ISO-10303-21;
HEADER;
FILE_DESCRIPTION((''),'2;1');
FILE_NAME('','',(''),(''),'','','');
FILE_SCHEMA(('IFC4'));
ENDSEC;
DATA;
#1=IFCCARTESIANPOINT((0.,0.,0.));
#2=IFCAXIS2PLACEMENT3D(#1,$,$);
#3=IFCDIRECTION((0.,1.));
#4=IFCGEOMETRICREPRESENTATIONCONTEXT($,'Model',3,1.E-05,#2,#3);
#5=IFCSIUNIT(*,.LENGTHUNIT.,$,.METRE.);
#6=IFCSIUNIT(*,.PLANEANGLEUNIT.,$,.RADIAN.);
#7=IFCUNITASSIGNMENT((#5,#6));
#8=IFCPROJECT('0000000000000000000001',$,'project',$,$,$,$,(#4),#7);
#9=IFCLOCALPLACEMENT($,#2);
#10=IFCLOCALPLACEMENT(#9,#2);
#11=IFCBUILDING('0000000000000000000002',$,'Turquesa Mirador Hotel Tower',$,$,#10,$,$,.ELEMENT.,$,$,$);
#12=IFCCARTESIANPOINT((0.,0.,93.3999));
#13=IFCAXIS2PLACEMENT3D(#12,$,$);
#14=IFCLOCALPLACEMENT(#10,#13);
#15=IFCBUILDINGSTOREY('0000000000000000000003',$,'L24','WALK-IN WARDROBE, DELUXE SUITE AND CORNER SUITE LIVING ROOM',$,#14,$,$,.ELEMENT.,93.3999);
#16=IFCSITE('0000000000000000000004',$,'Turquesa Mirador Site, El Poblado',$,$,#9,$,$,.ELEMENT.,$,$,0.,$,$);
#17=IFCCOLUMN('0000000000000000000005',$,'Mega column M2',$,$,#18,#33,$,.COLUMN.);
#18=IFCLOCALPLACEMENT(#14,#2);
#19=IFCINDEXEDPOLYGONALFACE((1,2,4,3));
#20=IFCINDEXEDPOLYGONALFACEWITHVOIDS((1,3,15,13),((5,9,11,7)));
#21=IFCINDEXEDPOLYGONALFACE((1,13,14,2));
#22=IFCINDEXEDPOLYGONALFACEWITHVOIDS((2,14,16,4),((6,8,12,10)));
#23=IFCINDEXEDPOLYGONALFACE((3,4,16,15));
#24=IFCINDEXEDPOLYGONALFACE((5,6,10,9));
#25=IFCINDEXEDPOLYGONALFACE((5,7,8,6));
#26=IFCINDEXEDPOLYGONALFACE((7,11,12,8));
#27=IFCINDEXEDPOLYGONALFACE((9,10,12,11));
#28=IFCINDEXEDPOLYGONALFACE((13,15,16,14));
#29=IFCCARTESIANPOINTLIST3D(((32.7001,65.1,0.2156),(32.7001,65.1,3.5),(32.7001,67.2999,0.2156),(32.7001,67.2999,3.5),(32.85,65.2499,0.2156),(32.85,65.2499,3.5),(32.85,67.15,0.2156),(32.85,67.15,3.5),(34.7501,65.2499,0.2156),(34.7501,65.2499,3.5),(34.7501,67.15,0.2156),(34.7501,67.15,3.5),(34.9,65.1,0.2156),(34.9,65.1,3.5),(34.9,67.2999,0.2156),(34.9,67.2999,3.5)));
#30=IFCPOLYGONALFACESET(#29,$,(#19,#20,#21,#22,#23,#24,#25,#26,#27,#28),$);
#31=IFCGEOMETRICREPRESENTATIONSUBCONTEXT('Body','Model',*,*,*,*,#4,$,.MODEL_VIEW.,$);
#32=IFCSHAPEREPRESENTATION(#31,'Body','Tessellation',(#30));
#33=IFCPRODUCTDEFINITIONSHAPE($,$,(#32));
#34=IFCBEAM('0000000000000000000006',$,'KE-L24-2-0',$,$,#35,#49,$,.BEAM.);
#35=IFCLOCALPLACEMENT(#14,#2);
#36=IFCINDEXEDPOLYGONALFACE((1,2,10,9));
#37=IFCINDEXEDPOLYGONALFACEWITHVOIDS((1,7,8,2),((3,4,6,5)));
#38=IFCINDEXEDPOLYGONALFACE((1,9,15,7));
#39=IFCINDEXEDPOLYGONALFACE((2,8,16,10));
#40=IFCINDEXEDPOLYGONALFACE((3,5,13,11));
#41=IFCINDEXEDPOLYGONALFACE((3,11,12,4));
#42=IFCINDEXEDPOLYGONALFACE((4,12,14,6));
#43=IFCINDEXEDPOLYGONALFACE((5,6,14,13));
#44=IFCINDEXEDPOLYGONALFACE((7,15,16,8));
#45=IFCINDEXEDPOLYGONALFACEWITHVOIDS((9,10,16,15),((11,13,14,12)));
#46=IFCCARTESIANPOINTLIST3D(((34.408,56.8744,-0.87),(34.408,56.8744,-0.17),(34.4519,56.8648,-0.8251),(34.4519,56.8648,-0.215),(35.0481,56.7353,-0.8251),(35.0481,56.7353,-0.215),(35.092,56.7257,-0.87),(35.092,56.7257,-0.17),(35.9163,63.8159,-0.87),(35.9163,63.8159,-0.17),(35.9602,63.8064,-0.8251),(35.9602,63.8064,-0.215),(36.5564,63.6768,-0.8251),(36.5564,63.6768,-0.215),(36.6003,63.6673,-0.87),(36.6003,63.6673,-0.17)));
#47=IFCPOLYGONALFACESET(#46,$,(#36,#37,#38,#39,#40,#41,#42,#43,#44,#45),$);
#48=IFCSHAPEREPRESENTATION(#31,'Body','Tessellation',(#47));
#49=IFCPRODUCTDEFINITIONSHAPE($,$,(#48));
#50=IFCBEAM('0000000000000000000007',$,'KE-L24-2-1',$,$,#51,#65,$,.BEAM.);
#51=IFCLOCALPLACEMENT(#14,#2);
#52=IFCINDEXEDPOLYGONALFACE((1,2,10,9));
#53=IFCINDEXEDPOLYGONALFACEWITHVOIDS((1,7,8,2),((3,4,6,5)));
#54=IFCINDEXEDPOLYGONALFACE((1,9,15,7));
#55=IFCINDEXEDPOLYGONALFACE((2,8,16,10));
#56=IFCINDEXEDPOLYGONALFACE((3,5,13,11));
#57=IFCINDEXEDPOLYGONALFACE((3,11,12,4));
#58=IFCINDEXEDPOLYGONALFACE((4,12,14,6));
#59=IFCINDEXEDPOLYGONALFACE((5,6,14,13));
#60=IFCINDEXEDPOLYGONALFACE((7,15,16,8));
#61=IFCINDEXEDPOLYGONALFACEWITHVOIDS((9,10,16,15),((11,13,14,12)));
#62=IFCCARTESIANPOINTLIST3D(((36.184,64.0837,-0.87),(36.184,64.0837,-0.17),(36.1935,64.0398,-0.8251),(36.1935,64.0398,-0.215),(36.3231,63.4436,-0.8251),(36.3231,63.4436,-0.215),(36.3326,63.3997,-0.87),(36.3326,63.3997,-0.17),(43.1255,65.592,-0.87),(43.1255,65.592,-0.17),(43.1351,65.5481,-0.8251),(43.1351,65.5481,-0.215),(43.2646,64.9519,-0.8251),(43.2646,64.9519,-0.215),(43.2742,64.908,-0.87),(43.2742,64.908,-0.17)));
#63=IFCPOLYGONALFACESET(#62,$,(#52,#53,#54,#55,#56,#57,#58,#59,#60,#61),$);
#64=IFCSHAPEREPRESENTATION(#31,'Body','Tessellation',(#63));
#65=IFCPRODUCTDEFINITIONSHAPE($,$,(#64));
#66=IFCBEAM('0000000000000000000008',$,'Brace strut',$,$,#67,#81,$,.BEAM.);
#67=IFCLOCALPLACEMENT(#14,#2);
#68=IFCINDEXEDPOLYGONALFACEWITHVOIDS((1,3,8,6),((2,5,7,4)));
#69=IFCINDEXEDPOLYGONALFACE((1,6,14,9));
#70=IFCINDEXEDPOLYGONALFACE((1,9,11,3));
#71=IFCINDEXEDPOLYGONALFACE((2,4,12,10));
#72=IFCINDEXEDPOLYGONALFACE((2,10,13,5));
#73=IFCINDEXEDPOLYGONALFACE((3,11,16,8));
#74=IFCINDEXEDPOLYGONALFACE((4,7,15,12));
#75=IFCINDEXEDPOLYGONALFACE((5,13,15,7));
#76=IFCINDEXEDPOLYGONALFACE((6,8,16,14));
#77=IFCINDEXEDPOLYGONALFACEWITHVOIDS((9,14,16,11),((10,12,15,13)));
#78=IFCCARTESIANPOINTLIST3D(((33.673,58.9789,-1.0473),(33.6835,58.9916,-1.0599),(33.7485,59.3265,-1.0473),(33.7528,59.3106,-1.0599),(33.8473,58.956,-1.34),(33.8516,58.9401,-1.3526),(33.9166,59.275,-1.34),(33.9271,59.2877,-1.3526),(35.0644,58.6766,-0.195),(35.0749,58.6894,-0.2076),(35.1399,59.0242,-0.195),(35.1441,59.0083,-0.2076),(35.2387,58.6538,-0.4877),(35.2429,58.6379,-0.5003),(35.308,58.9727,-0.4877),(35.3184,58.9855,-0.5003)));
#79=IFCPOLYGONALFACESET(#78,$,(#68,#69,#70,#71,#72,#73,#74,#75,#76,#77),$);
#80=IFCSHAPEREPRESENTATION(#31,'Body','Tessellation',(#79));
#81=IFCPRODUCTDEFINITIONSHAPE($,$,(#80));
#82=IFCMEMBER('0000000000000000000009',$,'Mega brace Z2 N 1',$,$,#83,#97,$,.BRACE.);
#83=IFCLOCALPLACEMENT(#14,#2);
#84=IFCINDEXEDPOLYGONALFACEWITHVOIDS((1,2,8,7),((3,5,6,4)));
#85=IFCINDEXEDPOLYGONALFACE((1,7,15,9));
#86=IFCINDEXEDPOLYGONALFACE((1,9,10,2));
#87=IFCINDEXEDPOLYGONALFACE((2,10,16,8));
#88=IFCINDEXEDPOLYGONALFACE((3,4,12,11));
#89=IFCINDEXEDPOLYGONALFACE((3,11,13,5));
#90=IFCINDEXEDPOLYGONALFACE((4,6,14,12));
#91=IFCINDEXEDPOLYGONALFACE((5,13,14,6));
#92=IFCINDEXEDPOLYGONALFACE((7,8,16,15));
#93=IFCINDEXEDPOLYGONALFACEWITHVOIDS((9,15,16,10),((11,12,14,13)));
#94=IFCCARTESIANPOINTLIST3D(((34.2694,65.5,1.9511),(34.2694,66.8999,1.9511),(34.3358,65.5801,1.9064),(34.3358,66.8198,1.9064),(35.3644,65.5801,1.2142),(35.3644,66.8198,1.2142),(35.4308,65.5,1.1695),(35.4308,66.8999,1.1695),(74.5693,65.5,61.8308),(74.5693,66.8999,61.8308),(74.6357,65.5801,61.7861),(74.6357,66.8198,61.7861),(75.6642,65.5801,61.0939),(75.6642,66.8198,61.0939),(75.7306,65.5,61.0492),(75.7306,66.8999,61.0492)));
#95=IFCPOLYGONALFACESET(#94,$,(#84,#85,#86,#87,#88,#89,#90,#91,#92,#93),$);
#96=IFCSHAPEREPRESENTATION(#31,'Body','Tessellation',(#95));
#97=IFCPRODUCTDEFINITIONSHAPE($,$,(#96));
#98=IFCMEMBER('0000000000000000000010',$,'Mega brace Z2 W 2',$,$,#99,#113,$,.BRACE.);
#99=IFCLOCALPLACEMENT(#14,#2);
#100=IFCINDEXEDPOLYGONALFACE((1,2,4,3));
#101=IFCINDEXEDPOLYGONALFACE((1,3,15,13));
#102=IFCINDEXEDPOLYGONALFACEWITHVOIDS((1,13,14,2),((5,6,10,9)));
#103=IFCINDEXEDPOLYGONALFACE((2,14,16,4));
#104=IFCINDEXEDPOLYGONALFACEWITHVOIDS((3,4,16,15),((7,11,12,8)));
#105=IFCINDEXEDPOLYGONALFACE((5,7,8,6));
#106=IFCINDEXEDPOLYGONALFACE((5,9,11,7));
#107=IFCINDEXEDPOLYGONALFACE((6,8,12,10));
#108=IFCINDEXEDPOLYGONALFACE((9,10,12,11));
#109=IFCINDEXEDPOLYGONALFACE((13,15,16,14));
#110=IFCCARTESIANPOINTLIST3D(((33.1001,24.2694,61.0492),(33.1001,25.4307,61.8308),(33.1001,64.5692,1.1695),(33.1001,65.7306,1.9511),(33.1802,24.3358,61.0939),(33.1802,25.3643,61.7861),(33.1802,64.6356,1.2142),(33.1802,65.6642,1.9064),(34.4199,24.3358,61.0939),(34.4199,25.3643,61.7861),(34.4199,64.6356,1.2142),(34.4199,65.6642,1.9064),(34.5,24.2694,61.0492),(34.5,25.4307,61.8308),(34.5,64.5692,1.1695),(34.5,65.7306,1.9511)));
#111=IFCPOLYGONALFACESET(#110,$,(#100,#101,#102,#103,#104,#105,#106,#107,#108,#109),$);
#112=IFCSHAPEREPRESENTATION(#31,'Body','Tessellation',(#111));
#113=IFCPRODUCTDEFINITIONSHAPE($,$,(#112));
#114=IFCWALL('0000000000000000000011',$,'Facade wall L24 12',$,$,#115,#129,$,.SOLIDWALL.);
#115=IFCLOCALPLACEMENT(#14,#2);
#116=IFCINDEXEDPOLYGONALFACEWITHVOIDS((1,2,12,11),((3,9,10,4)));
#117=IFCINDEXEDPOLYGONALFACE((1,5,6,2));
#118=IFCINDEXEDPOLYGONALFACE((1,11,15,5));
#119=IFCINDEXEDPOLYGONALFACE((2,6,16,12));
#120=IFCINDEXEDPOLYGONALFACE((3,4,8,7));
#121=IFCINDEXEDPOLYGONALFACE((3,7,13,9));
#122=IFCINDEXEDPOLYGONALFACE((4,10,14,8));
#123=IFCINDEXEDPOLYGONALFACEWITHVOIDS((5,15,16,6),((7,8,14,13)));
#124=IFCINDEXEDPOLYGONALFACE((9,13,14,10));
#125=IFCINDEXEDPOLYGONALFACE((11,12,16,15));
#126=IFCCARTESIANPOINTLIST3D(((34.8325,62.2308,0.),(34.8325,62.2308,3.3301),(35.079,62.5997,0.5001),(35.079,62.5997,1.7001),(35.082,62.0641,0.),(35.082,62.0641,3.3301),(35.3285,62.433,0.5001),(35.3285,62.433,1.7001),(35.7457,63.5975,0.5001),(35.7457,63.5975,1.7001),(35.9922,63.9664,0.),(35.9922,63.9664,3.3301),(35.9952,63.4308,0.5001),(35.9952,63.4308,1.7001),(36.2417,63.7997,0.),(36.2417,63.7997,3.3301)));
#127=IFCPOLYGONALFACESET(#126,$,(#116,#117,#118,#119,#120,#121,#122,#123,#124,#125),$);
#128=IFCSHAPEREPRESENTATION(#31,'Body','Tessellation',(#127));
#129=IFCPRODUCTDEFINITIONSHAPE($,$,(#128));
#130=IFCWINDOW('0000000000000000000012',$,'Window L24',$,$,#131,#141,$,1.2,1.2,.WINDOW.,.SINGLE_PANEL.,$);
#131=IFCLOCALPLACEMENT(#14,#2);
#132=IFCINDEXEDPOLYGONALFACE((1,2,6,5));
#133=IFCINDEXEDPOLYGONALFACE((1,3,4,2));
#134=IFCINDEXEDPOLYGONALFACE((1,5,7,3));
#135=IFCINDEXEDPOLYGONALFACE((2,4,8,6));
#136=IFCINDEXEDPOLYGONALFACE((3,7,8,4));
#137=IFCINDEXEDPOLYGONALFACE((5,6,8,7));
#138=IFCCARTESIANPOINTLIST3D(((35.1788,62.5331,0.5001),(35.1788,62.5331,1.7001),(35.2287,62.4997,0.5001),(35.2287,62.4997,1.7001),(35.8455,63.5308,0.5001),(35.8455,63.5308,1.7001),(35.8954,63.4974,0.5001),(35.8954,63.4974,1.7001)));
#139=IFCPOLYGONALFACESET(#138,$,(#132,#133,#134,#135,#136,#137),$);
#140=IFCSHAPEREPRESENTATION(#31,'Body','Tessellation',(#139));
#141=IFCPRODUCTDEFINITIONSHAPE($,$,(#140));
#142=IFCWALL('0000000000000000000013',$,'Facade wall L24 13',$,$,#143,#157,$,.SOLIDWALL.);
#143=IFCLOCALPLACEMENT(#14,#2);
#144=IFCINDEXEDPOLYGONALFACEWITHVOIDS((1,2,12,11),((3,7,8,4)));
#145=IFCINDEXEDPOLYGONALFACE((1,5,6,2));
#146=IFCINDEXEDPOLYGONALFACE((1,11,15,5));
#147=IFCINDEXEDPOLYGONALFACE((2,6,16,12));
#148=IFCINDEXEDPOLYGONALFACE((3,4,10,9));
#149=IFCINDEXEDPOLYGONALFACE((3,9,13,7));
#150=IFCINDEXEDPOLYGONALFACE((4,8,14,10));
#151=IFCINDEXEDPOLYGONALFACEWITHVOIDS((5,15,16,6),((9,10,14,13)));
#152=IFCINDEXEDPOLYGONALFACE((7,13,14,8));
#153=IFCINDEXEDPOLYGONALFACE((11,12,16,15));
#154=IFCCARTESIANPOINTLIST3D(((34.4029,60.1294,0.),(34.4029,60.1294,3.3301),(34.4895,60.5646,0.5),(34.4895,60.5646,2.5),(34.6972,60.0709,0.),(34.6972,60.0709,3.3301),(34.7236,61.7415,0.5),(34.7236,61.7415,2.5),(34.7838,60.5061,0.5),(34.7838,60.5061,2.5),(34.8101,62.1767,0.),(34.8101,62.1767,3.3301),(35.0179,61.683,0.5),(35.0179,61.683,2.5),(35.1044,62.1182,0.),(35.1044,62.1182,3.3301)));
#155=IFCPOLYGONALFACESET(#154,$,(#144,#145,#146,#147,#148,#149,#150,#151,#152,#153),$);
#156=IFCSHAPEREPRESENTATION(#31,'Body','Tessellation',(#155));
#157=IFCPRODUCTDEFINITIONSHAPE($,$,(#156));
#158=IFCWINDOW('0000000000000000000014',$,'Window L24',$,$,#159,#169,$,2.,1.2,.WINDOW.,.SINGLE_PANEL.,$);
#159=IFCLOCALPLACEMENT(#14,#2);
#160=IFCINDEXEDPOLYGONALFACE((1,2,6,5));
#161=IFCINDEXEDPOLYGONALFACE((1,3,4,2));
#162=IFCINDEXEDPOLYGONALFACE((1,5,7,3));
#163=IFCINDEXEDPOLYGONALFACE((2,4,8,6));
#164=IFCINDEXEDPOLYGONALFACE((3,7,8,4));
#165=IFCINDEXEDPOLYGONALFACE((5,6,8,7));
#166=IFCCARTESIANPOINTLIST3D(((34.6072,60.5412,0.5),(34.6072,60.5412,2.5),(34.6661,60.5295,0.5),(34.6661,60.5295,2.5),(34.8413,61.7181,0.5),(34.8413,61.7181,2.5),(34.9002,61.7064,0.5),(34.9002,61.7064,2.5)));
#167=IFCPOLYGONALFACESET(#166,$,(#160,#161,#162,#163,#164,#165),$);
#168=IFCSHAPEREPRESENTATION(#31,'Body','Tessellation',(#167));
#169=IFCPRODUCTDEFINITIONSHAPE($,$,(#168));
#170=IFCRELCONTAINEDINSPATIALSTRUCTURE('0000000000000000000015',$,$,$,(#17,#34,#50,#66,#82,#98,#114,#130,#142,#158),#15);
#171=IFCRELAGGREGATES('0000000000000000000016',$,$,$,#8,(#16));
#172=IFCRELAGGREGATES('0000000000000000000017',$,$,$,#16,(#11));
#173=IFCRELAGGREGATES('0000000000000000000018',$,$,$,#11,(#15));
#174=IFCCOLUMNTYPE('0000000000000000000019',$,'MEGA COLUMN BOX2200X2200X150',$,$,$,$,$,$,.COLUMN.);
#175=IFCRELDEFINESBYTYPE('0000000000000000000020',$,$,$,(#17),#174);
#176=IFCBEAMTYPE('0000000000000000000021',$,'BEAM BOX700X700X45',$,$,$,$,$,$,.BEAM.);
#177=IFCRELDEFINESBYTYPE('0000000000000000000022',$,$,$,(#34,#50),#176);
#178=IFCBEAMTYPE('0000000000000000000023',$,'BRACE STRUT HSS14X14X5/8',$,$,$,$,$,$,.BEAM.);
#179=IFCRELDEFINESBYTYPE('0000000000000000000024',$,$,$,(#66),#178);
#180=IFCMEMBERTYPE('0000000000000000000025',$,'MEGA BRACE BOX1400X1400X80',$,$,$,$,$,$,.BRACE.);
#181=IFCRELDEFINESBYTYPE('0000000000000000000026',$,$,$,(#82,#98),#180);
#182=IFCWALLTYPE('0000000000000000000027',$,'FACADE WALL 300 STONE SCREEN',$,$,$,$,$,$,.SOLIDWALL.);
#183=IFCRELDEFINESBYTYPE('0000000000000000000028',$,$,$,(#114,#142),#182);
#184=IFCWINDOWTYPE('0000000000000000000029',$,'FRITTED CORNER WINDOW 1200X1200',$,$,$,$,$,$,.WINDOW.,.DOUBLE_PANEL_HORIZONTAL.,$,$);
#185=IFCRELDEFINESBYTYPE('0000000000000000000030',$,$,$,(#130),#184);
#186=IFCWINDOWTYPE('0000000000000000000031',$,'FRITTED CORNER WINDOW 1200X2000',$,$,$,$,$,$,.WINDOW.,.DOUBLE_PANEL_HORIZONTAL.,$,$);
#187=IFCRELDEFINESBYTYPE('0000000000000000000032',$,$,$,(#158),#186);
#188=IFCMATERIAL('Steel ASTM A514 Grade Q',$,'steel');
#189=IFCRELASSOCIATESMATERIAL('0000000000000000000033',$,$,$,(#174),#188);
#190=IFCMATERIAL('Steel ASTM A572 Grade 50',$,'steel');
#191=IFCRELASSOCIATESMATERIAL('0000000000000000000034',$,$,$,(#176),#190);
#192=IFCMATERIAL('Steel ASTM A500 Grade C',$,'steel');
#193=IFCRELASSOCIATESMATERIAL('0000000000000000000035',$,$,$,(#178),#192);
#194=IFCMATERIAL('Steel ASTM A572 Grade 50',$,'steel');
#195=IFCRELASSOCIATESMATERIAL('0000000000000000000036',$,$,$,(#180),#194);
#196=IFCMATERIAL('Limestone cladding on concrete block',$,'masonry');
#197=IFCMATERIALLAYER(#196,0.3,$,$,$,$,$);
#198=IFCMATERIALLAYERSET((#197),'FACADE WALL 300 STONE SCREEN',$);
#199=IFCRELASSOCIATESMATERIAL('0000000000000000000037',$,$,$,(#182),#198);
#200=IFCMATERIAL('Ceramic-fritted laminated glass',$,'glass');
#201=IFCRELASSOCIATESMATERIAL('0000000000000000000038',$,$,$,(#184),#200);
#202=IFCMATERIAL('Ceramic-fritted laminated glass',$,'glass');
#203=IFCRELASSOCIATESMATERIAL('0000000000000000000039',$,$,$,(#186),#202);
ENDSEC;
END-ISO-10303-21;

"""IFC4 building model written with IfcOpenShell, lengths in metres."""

from ifc_helpers import new_model, si_unit, direction, frame, frame_2d, origin, origin_2d, place, context, subcontext, project, spatial, rectangle, hollow_rectangle, extrude, clip, halfspace, material, layer, layer_set, material_profile, profile_set, type_object, element, fill, save


model = new_model("IFC4")

# Units and contexts
model_context = context("Model", 3, precision=1e-05, world=origin(), true_north=direction((0.0, 1.0)))
body_context = subcontext(model_context, "Body", "Model", "MODEL_VIEW")
ifc_project = project(units=[si_unit("LENGTHUNIT", "METRE"), si_unit("PLANEANGLEUNIT", "RADIAN")], contexts=[model_context])

# Site, building, storey
site_placement = place(None, origin())
site = spatial("IfcSite", under=ifc_project, at=site_placement, Name="Turquesa Mirador Site, El Poblado", CompositionType="ELEMENT", RefElevation=0.0)
building_placement = place(site_placement, origin())
building = spatial("IfcBuilding", under=site, at=building_placement, Name="Turquesa Mirador Hotel Tower", CompositionType="ELEMENT")
storey_placement = place(building_placement, frame((0.0, 0.0, 93.3999)))
storey = spatial("IfcBuildingStorey", under=building, at=storey_placement, Name="L24", Description="WALK-IN WARDROBE, DELUXE SUITE AND CORNER SUITE LIVING ROOM", CompositionType="ELEMENT", Elevation=93.3999)

# Column
ifc_material_1 = material(Name="Steel ASTM A514 Grade Q", Category="steel")
ifc_material_profile_1 = material_profile(ifc_material_1, hollow_rectangle(XDim=2.2, YDim=2.2, WallThickness=0.1499, at=origin_2d()), Name="BOX2200X2200X150")
ifc_profile_set_1 = profile_set([ifc_material_profile_1], Name="Steel ASTM A514 Grade Q")
column_type = type_object("IfcColumnType", Name="MEGA COLUMN BOX2200X2200X150", PredefinedType="COLUMN", material=ifc_profile_set_1)
column_placement = place(storey_placement, frame((33.8, 66.2, 0.0), z_axis=(0.0, 0.0, 1.0), x_axis=(1.0, 0.0, 0.0)))
element("IfcColumn", 1, at=column_placement, inside=storey, type_object=column_type, Name="Mega column M2", PredefinedType="COLUMN", context=body_context, shape_type="Clipping", body=[
    clip(extrude(hollow_rectangle(XDim=2.2, YDim=2.2, WallThickness=0.1499, at=origin_2d()), origin(), (0.0, 0.0, 1.0), 3.5), halfspace(frame((0.0, 0.0, 0.2156), z_axis=(0.0, 0.0, -1.0), x_axis=(1.0, 0.0, 0.0)), False)),
])

# Beams
ifc_material_2 = material(Name="Steel ASTM A572 Grade 50", Category="steel")
ifc_material_profile_2 = material_profile(ifc_material_2, hollow_rectangle(XDim=0.7, YDim=0.7, WallThickness=0.0449, at=origin_2d()), Name="BOX700X700X45")
ifc_profile_set_2 = profile_set([ifc_material_profile_2], Name="Steel ASTM A572 Grade 50")
beam_type_1 = type_object("IfcBeamType", Name="BEAM BOX700X700X45", PredefinedType="BEAM", material=ifc_profile_set_2)
for number, where, z_axis, x_axis, name in (
    (2, (34.75, 56.8, -0.52), (0.212328, 0.977198, 0.0), (-0.977198, 0.212328, 0.0), "KE-L24-2-0"),
    (3, (36.2583, 63.7417, -0.52), (0.977198, 0.212328, 0.0), (-0.212328, 0.977198, 0.0), "KE-L24-2-1"),
):
    element("IfcBeam", number, at=place(storey_placement, frame(where, z_axis=z_axis, x_axis=x_axis)), inside=storey, type_object=beam_type_1, Name=name, PredefinedType="BEAM", context=body_context, shape_type="SweptSolid", body=[
        extrude(hollow_rectangle(XDim=0.7, YDim=0.7, WallThickness=0.0449, at=origin_2d()), origin(), (0.0, 0.0, 1.0), 7.1035),
    ])
ifc_material_3 = material(Name="Steel ASTM A500 Grade C", Category="steel")
ifc_material_profile_3 = material_profile(ifc_material_3, hollow_rectangle(XDim=0.3557, YDim=0.3557, WallThickness=0.0146, at=origin_2d()), Name="HSS14X14X5/8")
ifc_profile_set_3 = profile_set([ifc_material_profile_3], Name="Steel ASTM A500 Grade C")
beam_type_2 = type_object("IfcBeamType", Name="BRACE STRUT HSS14X14X5/8", PredefinedType="BEAM", material=ifc_profile_set_3)
beam_placement = place(storey_placement, frame((33.8, 59.1333, -1.2), z_axis=(0.838466, -0.182141, 0.513614), x_axis=(0.21228, 0.977209, 0.0)))
element("IfcBeam", 4, at=beam_placement, inside=storey, type_object=beam_type_2, Name="Brace strut", PredefinedType="BEAM", context=body_context, shape_type="SweptSolid", body=[
    extrude(hollow_rectangle(XDim=0.3557, YDim=0.3557, WallThickness=0.0146, at=origin_2d()), origin(), (0.0, 0.0, 1.0), 1.6594),
])

# Members
ifc_material_4 = material(Name="Steel ASTM A572 Grade 50", Category="steel")
ifc_material_profile_4 = material_profile(ifc_material_4, hollow_rectangle(XDim=1.3999, YDim=1.3999, WallThickness=0.0801, at=origin_2d()), Name="BOX1400X1400X80")
ifc_profile_set_4 = profile_set([ifc_material_profile_4], Name="Steel ASTM A572 Grade 50")
member_type = type_object("IfcMemberType", Name="MEGA BRACE BOX1400X1400X80", PredefinedType="BRACE", material=ifc_profile_set_4)
for number, where, z_axis, x_axis, name in (
    (5, (34.8501, 66.2, 1.5603), (0.55834, 0.0, 0.829612), (0.0, 1.0, 0.0), "Mega brace Z2 N 1"),
    (6, (33.8, 65.1499, 1.5603), (0.0, -0.55834, 0.829612), (1.0, 0.0, 0.0), "Mega brace Z2 W 2"),
):
    element("IfcMember", number, at=place(storey_placement, frame(where, z_axis=z_axis, x_axis=x_axis)), inside=storey, type_object=member_type, Name=name, PredefinedType="BRACE", context=body_context, shape_type="SweptSolid", body=[
        extrude(hollow_rectangle(XDim=1.3999, YDim=1.3999, WallThickness=0.0801, at=origin_2d()), origin(), (0.0, 0.0, 1.0), 72.178),
    ])

# Walls, openings, windows
ifc_material_5 = material(Name="Limestone cladding on concrete block", Category="masonry")
ifc_layer = layer(ifc_material_5, 0.3)
ifc_layer_set = layer_set([ifc_layer], Name="FACADE WALL 300 STONE SCREEN")
wall_type = type_object("IfcWallType", Name="FACADE WALL 300 STONE SCREEN", PredefinedType="SOLIDWALL", material=ifc_layer_set)
wall_1_placement = place(storey_placement, frame((36.1169, 63.8831, 0.0), z_axis=(0.0, 0.0, 1.0), x_axis=(-0.555564, -0.831474, 0.0)))
wall_1 = element("IfcWall", 7, at=wall_1_placement, inside=storey, type_object=wall_type, Name="Facade wall L24 12", PredefinedType="SOLIDWALL", context=body_context, shape_type="SweptSolid", body=[
    extrude(rectangle(XDim=2.0874, YDim=0.3, at=frame_2d((1.0437, 0.0))), origin(), (0.0, 0.0, 1.0), 3.3301),
])
opening_1_placement = place(wall_1_placement, frame((0.4436, 0.0, 0.5)))
opening_1 = element("IfcOpeningElement", 8, at=opening_1_placement, cuts=wall_1, PredefinedType="OPENING", context=body_context, shape_type="SweptSolid", body=[
    extrude(rectangle(XDim=1.2, YDim=1.2, at=frame_2d((0.6001, 0.6001))), frame((0.0, 0.1599, 0.0), z_axis=(0.0, -1.0, 0.0), x_axis=(1.0, 0.0, 0.0)), (0.0, 0.0, 1.0), 0.3201),
])
ifc_material_6 = material(Name="Ceramic-fritted laminated glass", Category="glass")
window_type_1 = type_object("IfcWindowType", Name="FRITTED CORNER WINDOW 1200X1200", PartitioningType="DOUBLE_PANEL_HORIZONTAL", PredefinedType="WINDOW", material=ifc_material_6)
window_1_placement = place(opening_1_placement, origin())
window_1 = element("IfcWindow", 9, at=window_1_placement, inside=storey, type_object=window_type_1, Name="Window L24", OverallHeight=1.2, OverallWidth=1.2, PartitioningType="SINGLE_PANEL", PredefinedType="WINDOW", context=body_context, shape_type="SweptSolid", body=[
    extrude(rectangle(XDim=1.2, YDim=1.2, at=frame_2d((0.6001, 0.6001))), frame((0.0, 0.03, 0.0), z_axis=(0.0, -1.0, 0.0), x_axis=(1.0, 0.0, 0.0)), (0.0, 0.0, 1.0), 0.0601),
])
fill(opening_1, window_1)
wall_2_placement = place(storey_placement, frame((34.9573, 62.1475, 0.0), z_axis=(0.0, 0.0, 1.0), x_axis=(-0.195081, -0.980787, 0.0)))
wall_2 = element("IfcWall", 10, at=wall_2_placement, inside=storey, type_object=wall_type, Name="Facade wall L24 13", PredefinedType="SOLIDWALL", context=body_context, shape_type="SweptSolid", body=[
    extrude(rectangle(XDim=2.0874, YDim=0.3, at=frame_2d((1.0437, 0.0))), origin(), (0.0, 0.0, 1.0), 3.3301),
])
opening_2_placement = place(wall_2_placement, frame((0.4436, 0.0, 0.5)))
opening_2 = element("IfcOpeningElement", 11, at=opening_2_placement, cuts=wall_2, PredefinedType="OPENING", context=body_context, shape_type="SweptSolid", body=[
    extrude(rectangle(XDim=1.2, YDim=2.0, at=frame_2d((0.6001, 1.0))), frame((0.0, 0.1599, 0.0), z_axis=(0.0, -1.0, 0.0), x_axis=(1.0, 0.0, 0.0)), (0.0, 0.0, 1.0), 0.3201),
])
ifc_material_7 = material(Name="Ceramic-fritted laminated glass", Category="glass")
window_type_2 = type_object("IfcWindowType", Name="FRITTED CORNER WINDOW 1200X2000", PartitioningType="DOUBLE_PANEL_HORIZONTAL", PredefinedType="WINDOW", material=ifc_material_7)
window_2_placement = place(opening_2_placement, origin())
window_2 = element("IfcWindow", 12, at=window_2_placement, inside=storey, type_object=window_type_2, Name="Window L24", OverallHeight=2.0, OverallWidth=1.2, PartitioningType="SINGLE_PANEL", PredefinedType="WINDOW", context=body_context, shape_type="SweptSolid", body=[
    extrude(rectangle(XDim=1.2, YDim=2.0, at=frame_2d((0.6001, 1.0))), frame((0.0, 0.03, 0.0), z_axis=(0.0, -1.0, 0.0), x_axis=(1.0, 0.0, 0.0)), (0.0, 0.0, 1.0), 0.0601),
])
fill(opening_2, window_2)

save(model, "model.ifc")
